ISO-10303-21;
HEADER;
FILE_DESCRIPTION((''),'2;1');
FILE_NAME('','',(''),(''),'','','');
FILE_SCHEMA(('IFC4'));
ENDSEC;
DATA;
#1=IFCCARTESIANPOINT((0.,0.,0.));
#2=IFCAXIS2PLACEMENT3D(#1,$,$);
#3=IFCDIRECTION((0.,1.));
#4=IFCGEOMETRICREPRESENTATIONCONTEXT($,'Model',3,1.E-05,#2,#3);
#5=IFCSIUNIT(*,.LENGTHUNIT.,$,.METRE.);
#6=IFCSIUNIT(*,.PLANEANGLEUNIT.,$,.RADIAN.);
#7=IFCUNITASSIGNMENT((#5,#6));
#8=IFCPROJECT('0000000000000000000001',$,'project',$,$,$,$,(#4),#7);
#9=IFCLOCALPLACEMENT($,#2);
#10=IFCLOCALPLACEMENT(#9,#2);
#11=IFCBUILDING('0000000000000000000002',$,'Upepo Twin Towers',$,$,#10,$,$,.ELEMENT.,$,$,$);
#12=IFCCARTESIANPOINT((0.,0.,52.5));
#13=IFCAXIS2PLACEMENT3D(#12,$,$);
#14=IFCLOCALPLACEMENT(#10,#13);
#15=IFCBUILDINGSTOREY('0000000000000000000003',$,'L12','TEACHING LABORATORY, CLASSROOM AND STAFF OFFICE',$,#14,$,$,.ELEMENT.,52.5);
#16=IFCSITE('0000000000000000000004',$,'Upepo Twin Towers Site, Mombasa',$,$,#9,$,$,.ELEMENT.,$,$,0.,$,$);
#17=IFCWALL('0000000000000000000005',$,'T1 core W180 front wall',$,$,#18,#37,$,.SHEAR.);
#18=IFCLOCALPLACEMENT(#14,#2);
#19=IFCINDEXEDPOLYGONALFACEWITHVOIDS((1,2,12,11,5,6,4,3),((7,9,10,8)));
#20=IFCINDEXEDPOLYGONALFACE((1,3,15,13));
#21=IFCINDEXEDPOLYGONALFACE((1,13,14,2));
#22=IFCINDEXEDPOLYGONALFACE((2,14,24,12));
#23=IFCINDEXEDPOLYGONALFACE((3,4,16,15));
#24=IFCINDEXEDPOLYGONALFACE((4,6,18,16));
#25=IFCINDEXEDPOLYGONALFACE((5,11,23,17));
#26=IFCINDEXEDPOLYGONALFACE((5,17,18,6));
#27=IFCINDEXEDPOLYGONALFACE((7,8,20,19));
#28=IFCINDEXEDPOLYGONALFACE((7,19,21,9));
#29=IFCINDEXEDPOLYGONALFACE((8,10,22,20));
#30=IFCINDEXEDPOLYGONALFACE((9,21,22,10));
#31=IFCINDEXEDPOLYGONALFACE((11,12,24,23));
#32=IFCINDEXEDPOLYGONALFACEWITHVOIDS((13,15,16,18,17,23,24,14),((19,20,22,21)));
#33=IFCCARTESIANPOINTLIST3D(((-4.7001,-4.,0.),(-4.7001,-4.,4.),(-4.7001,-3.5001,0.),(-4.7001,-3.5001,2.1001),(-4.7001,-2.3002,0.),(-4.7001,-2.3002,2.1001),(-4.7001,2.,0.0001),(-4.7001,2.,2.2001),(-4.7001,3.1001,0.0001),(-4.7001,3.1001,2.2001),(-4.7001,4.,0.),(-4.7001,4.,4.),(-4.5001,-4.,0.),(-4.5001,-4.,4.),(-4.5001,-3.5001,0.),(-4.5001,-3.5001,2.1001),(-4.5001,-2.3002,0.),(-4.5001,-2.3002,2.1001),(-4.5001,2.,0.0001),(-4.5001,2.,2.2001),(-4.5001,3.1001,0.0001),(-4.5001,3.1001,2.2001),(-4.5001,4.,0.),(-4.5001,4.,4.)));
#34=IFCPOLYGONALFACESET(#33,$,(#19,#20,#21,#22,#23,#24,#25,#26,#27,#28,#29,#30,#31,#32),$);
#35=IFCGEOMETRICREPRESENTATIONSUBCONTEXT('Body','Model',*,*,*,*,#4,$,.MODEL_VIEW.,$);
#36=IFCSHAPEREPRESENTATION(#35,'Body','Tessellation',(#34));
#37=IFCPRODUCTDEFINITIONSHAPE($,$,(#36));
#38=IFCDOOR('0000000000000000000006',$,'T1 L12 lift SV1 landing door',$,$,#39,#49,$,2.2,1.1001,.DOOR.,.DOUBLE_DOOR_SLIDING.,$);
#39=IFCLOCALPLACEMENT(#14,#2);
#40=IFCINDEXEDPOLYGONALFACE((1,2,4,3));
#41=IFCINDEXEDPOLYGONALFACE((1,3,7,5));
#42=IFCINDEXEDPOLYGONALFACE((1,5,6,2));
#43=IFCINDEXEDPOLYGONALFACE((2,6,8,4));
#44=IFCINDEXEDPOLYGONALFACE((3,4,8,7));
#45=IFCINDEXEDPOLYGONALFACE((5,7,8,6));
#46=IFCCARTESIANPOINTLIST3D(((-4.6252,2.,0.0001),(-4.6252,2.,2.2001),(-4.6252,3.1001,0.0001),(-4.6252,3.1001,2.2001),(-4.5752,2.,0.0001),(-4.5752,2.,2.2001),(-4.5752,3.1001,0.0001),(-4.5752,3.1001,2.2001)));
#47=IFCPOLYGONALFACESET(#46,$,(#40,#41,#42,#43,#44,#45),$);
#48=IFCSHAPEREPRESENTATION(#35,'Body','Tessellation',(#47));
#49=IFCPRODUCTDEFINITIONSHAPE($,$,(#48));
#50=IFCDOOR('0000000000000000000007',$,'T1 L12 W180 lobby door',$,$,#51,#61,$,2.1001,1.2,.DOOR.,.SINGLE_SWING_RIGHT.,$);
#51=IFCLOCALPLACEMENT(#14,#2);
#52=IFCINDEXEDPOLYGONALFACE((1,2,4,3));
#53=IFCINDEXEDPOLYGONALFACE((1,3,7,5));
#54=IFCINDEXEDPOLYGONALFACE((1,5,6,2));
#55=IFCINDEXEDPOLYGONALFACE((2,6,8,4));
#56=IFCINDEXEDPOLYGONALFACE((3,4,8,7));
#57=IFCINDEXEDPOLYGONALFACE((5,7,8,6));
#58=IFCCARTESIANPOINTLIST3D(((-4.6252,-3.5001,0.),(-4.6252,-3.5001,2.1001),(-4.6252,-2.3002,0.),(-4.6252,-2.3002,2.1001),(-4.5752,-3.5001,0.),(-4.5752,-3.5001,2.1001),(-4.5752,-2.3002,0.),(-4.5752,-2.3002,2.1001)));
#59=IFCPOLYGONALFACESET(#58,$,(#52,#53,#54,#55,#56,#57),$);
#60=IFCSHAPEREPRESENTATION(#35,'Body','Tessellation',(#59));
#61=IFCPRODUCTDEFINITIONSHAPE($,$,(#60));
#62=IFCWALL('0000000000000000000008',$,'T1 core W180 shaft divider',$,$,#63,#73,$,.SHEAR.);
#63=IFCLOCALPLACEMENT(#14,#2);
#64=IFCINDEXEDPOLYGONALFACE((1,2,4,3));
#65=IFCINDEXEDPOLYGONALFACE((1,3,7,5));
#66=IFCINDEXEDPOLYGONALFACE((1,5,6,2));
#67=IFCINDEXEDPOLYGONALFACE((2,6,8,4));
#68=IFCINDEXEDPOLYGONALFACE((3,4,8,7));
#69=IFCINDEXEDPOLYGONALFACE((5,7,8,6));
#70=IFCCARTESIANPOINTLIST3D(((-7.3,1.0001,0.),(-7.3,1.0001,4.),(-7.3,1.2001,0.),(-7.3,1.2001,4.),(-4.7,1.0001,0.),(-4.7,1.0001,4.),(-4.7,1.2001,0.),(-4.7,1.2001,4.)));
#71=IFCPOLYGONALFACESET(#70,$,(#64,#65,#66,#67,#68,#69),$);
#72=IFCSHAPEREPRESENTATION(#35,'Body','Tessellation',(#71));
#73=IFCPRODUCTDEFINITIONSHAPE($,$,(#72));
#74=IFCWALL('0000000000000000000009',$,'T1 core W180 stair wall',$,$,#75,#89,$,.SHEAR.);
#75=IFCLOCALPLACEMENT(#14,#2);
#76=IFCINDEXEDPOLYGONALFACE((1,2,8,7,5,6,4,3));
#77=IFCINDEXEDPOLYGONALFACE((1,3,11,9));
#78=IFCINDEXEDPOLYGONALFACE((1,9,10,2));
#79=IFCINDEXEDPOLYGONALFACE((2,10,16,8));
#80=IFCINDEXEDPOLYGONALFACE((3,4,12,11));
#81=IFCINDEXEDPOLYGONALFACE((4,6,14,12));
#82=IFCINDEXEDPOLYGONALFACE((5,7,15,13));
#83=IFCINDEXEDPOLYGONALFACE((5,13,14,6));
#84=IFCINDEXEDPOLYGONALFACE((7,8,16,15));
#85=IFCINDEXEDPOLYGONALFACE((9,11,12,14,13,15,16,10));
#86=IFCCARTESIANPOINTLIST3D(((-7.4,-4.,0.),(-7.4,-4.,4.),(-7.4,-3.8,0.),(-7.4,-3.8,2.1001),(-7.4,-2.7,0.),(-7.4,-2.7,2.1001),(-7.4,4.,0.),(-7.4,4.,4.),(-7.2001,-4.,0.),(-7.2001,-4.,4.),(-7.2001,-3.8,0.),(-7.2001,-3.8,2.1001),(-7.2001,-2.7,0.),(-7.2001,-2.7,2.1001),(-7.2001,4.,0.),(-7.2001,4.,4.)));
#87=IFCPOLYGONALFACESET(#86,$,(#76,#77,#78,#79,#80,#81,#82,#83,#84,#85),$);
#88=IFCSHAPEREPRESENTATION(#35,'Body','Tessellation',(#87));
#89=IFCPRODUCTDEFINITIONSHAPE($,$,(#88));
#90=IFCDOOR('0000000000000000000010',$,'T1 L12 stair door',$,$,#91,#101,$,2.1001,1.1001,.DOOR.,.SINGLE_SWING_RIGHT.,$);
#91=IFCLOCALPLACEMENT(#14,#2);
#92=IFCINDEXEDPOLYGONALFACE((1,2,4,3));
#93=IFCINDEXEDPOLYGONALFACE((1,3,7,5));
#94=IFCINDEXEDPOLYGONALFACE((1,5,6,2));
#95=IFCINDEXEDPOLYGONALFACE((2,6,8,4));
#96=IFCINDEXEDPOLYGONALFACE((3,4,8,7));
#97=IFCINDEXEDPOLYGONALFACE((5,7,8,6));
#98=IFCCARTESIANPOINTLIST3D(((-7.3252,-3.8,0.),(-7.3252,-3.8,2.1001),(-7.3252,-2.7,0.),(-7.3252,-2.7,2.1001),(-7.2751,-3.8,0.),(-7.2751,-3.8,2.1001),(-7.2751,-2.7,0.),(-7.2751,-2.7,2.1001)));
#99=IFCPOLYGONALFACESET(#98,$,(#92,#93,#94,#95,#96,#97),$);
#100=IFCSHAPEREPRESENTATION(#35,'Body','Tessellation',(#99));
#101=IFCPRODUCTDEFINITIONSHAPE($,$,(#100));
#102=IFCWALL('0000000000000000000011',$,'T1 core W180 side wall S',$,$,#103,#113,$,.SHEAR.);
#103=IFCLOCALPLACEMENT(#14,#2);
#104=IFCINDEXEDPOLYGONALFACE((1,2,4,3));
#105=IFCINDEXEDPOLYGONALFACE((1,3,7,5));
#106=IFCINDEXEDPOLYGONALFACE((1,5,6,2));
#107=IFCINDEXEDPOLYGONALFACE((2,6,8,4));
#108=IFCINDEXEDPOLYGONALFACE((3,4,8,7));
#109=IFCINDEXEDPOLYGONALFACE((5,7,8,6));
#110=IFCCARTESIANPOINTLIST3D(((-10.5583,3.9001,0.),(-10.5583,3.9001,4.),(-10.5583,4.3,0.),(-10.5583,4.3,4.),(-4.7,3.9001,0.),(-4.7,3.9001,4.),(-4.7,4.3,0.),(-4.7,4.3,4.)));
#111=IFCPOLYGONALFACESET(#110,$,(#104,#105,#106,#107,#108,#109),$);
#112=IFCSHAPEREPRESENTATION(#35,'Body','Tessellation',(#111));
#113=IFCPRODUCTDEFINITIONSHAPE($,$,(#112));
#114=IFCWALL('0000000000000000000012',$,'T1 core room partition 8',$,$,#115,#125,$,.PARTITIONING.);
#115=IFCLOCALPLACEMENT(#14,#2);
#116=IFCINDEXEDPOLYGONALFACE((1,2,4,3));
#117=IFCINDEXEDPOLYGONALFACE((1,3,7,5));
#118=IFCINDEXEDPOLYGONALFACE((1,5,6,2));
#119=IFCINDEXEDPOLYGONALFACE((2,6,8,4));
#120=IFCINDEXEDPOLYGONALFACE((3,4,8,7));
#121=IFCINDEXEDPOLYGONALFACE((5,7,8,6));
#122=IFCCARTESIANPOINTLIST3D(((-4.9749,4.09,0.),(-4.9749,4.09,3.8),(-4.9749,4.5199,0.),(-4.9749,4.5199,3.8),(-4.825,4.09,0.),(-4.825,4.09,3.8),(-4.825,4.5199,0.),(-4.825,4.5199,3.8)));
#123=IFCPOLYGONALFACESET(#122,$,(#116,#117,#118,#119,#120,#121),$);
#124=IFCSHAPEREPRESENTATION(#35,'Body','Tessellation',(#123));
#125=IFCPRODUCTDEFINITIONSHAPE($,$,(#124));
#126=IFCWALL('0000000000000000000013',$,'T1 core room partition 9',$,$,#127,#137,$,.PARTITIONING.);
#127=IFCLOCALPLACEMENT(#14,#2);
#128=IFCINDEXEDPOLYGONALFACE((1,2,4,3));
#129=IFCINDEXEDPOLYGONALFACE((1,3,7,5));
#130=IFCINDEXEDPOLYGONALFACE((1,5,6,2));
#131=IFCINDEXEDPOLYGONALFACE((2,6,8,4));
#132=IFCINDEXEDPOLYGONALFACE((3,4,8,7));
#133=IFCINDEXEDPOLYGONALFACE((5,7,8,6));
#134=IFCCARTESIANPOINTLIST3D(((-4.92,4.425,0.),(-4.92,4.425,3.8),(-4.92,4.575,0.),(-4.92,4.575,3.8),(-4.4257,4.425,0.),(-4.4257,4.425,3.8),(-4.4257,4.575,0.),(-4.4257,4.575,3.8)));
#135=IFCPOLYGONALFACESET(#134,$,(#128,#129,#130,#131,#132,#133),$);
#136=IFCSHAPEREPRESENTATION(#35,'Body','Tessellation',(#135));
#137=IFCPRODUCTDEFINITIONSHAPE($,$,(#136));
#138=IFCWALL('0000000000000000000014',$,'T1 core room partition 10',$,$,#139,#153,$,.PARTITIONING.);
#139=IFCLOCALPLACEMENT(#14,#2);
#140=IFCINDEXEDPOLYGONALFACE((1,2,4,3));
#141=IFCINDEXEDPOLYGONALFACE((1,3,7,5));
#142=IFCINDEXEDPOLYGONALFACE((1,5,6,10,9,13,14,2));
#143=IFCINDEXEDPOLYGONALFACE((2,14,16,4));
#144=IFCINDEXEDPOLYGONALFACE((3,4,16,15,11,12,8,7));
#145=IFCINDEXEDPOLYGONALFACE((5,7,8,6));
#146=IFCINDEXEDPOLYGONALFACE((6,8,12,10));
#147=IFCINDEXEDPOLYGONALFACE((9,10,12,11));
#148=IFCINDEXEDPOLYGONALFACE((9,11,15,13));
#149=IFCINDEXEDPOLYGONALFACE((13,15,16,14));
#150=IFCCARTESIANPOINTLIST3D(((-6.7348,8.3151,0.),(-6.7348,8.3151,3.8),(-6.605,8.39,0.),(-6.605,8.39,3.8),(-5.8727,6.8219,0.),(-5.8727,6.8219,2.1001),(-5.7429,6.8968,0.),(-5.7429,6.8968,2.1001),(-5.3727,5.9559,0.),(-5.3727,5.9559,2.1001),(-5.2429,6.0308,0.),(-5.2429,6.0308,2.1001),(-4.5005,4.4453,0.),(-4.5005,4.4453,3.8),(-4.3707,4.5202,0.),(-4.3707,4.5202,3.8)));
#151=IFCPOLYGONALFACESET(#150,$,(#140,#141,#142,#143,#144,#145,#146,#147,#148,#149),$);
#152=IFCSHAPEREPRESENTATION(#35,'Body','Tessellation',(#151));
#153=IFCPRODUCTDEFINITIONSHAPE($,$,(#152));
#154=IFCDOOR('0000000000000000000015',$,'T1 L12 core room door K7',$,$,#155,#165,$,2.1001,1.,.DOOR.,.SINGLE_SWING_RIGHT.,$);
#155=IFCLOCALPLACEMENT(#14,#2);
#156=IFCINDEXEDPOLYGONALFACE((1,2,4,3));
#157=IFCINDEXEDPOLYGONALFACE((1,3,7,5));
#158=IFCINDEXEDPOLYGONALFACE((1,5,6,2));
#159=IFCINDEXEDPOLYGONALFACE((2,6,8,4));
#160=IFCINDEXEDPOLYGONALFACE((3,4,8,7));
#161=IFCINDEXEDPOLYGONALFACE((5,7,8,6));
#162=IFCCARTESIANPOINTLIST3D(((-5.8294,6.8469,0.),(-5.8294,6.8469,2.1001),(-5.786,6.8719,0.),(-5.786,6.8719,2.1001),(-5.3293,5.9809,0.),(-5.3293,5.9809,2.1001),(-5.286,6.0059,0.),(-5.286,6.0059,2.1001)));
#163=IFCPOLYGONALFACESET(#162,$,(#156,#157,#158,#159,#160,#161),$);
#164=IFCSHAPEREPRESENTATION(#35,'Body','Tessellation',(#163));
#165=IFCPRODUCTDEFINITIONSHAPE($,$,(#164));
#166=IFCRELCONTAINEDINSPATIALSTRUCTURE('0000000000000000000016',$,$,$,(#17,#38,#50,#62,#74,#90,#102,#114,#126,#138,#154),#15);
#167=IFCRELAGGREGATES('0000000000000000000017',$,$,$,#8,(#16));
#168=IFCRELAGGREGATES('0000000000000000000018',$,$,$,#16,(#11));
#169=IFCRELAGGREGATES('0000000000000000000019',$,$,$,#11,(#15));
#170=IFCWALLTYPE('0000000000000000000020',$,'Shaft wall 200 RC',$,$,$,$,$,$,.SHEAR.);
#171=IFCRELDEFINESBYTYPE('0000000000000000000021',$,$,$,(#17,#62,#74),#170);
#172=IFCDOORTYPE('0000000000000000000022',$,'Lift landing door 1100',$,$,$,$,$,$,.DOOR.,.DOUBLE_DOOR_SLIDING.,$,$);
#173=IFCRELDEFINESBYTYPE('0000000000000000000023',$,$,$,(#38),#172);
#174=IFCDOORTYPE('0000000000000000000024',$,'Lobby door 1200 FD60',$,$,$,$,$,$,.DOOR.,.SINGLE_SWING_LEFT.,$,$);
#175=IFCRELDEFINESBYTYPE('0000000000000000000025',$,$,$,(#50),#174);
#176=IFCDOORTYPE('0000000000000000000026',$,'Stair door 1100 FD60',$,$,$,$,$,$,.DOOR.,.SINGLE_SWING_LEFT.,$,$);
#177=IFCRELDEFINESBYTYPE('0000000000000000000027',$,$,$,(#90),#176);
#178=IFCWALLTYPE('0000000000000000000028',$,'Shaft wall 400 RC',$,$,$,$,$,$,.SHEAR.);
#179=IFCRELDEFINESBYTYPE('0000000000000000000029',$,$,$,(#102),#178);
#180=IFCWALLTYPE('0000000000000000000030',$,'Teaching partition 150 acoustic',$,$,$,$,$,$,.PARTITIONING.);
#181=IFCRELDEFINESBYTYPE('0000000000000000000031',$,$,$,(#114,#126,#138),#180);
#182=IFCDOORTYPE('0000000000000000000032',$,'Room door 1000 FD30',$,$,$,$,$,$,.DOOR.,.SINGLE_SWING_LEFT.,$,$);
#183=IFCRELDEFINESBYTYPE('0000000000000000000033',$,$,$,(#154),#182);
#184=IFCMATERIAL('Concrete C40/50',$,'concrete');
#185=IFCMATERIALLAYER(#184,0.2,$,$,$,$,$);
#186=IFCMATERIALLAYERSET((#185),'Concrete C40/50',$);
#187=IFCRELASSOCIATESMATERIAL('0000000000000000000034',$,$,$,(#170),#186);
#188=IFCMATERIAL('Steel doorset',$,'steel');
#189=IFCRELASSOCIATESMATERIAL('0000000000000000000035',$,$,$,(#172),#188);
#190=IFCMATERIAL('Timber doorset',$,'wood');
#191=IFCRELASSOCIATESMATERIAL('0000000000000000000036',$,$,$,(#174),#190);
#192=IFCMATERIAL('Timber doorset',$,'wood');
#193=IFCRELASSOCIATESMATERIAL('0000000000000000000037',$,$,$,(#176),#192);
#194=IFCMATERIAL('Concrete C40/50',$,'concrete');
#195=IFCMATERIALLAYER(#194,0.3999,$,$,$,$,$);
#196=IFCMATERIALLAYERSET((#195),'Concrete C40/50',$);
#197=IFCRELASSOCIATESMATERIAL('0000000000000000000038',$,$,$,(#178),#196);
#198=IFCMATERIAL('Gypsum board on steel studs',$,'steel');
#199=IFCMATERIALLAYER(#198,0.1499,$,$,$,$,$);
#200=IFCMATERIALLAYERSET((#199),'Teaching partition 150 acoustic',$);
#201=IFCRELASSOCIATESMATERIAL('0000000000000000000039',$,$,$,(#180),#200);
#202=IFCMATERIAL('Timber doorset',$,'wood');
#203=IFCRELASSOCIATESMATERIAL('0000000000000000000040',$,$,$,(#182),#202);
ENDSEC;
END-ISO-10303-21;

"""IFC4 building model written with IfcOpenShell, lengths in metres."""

from ifc_helpers import new_model, si_unit, direction, frame, frame_2d, origin, place, context, subcontext, project, spatial, rectangle, extrude, material, layer, layer_set, type_object, element, fill, save


model = new_model("IFC4")

# Units and contexts
model_context = context("Model", 3, precision=1e-05, world=origin(), true_north=direction((0.0, 1.0)))
body_context = subcontext(model_context, "Body", "Model", "MODEL_VIEW")
ifc_project = project(units=[si_unit("LENGTHUNIT", "METRE"), si_unit("PLANEANGLEUNIT", "RADIAN")], contexts=[model_context])

# Site, building, storey
site_placement = place(None, origin())
site = spatial("IfcSite", under=ifc_project, at=site_placement, Name="Upepo Twin Towers Site, Mombasa", CompositionType="ELEMENT", RefElevation=0.0)
building_placement = place(site_placement, origin())
building = spatial("IfcBuilding", under=site, at=building_placement, Name="Upepo Twin Towers", CompositionType="ELEMENT")
storey_placement = place(building_placement, frame((0.0, 0.0, 52.5)))
storey = spatial("IfcBuildingStorey", under=building, at=storey_placement, Name="L12", Description="TEACHING LABORATORY, CLASSROOM AND STAFF OFFICE", CompositionType="ELEMENT", Elevation=52.5)

# Wall, openings, doors
ifc_material_1 = material(Name="Concrete C40/50", Category="concrete")
ifc_layer_1 = layer(ifc_material_1, 0.2)
ifc_layer_set_1 = layer_set([ifc_layer_1], Name="Concrete C40/50")
wall_type_1 = type_object("IfcWallType", Name="Shaft wall 200 RC", PredefinedType="SHEAR", material=ifc_layer_set_1)
wall_1_placement = place(storey_placement, frame((-4.6001, 4.0, 0.0), z_axis=(0.0, 0.0, 1.0), x_axis=(0.0, -1.0, 0.0)))
wall_1 = element("IfcWall", 1, at=wall_1_placement, inside=storey, type_object=wall_type_1, Name="T1 core W180 front wall", PredefinedType="SHEAR", context=body_context, shape_type="SweptSolid", body=[
    extrude(rectangle(XDim=8.0, YDim=0.2, at=frame_2d((4.0, 0.0))), origin(), (0.0, 0.0, 1.0), 4.0),
])
opening_1_placement = place(wall_1_placement, frame((6.3, 0.0, 0.0)))
opening_1 = element("IfcOpeningElement", 2, at=opening_1_placement, cuts=wall_1, PredefinedType="OPENING", context=body_context, shape_type="SweptSolid", body=[
    extrude(rectangle(XDim=1.2, YDim=2.1001, at=frame_2d((0.6001, 1.05))), frame((0.0, 0.1099, 0.0), z_axis=(0.0, -1.0, 0.0), x_axis=(1.0, 0.0, 0.0)), (0.0, 0.0, 1.0), 0.22),
])
opening_2_placement = place(wall_1_placement, frame((0.8999, 0.0, 0.0)))
opening_2 = element("IfcOpeningElement", 3, at=opening_2_placement, cuts=wall_1, PredefinedType="OPENING", context=body_context, shape_type="SweptSolid", body=[
    extrude(rectangle(XDim=1.1001, YDim=2.2, at=frame_2d((0.55, 1.1001))), frame((0.0, 0.1099, 0.0), z_axis=(0.0, -1.0, 0.0), x_axis=(1.0, 0.0, 0.0)), (0.0, 0.0, 1.0), 0.22),
])
ifc_material_2 = material(Name="Steel doorset", Category="steel")
door_type_1 = type_object("IfcDoorType", Name="Lift landing door 1100", OperationType="DOUBLE_DOOR_SLIDING", PredefinedType="DOOR", material=ifc_material_2)
door_1_placement = place(opening_2_placement, origin())
door_1 = element("IfcDoor", 4, at=door_1_placement, inside=storey, type_object=door_type_1, Name="T1 L12 lift SV1 landing door", OperationType="DOUBLE_DOOR_SLIDING", OverallHeight=2.2, OverallWidth=1.1001, PredefinedType="DOOR", context=body_context, shape_type="SweptSolid", body=[
    extrude(rectangle(XDim=1.1001, YDim=2.2, at=frame_2d((0.55, 1.1001))), frame((0.0, 0.0249, 0.0), z_axis=(0.0, -1.0, 0.0), x_axis=(1.0, 0.0, 0.0)), (0.0, 0.0, 1.0), 0.05),
])
fill(opening_2, door_1)
ifc_material_3 = material(Name="Timber doorset", Category="wood")
door_type_2 = type_object("IfcDoorType", Name="Lobby door 1200 FD60", OperationType="SINGLE_SWING_LEFT", PredefinedType="DOOR", material=ifc_material_3)
door_2_placement = place(opening_1_placement, origin())
door_2 = element("IfcDoor", 5, at=door_2_placement, inside=storey, type_object=door_type_2, Name="T1 L12 W180 lobby door", OperationType="SINGLE_SWING_RIGHT", OverallHeight=2.1001, OverallWidth=1.2, PredefinedType="DOOR", context=body_context, shape_type="SweptSolid", body=[
    extrude(rectangle(XDim=1.2, YDim=2.1001, at=frame_2d((0.6001, 1.05))), frame((0.0, 0.0249, 0.0), z_axis=(0.0, -1.0, 0.0), x_axis=(1.0, 0.0, 0.0)), (0.0, 0.0, 1.0), 0.05),
])
fill(opening_1, door_2)

# Wall
wall_2_placement = place(storey_placement, frame((-4.7, 1.1001, 0.0), z_axis=(0.0, 0.0, 1.0), x_axis=(-1.0, 0.0, 0.0)))
element("IfcWall", 6, at=wall_2_placement, inside=storey, type_object=wall_type_1, Name="T1 core W180 shaft divider", PredefinedType="SHEAR", context=body_context, shape_type="SweptSolid", body=[
    extrude(rectangle(XDim=2.6001, YDim=0.2, at=frame_2d((1.3, 0.0))), origin(), (0.0, 0.0, 1.0), 4.0),
])

# Wall, opening, door
wall_3_placement = place(storey_placement, frame((-7.3, 4.0, 0.0), z_axis=(0.0, 0.0, 1.0), x_axis=(0.0, -1.0, 0.0)))
wall_3 = element("IfcWall", 7, at=wall_3_placement, inside=storey, type_object=wall_type_1, Name="T1 core W180 stair wall", PredefinedType="SHEAR", context=body_context, shape_type="SweptSolid", body=[
    extrude(rectangle(XDim=8.0, YDim=0.2, at=frame_2d((4.0, 0.0))), origin(), (0.0, 0.0, 1.0), 4.0),
])
opening_3_placement = place(wall_3_placement, frame((6.7, 0.0, 0.0)))
opening_3 = element("IfcOpeningElement", 8, at=opening_3_placement, cuts=wall_3, PredefinedType="OPENING", context=body_context, shape_type="SweptSolid", body=[
    extrude(rectangle(XDim=1.1001, YDim=2.1001, at=frame_2d((0.55, 1.05))), frame((0.0, 0.1099, 0.0), z_axis=(0.0, -1.0, 0.0), x_axis=(1.0, 0.0, 0.0)), (0.0, 0.0, 1.0), 0.22),
])
ifc_material_4 = material(Name="Timber doorset", Category="wood")
door_type_3 = type_object("IfcDoorType", Name="Stair door 1100 FD60", OperationType="SINGLE_SWING_LEFT", PredefinedType="DOOR", material=ifc_material_4)
door_3_placement = place(opening_3_placement, origin())
door_3 = element("IfcDoor", 9, at=door_3_placement, inside=storey, type_object=door_type_3, Name="T1 L12 stair door", OperationType="SINGLE_SWING_RIGHT", OverallHeight=2.1001, OverallWidth=1.1001, PredefinedType="DOOR", context=body_context, shape_type="SweptSolid", body=[
    extrude(rectangle(XDim=1.1001, YDim=2.1001, at=frame_2d((0.55, 1.05))), frame((0.0, 0.0249, 0.0), z_axis=(0.0, -1.0, 0.0), x_axis=(1.0, 0.0, 0.0)), (0.0, 0.0, 1.0), 0.05),
])
fill(opening_3, door_3)

# Walls
ifc_material_5 = material(Name="Concrete C40/50", Category="concrete")
ifc_layer_2 = layer(ifc_material_5, 0.3999)
ifc_layer_set_2 = layer_set([ifc_layer_2], Name="Concrete C40/50")
wall_type_2 = type_object("IfcWallType", Name="Shaft wall 400 RC", PredefinedType="SHEAR", material=ifc_layer_set_2)
wall_4_placement = place(storey_placement, frame((-4.7, 4.1001, 0.0), z_axis=(0.0, 0.0, 1.0), x_axis=(-1.0, 0.0, 0.0)))
element("IfcWall", 10, at=wall_4_placement, inside=storey, type_object=wall_type_2, Name="T1 core W180 side wall S", PredefinedType="SHEAR", context=body_context, shape_type="SweptSolid", body=[
    extrude(rectangle(XDim=5.8584, YDim=0.3999, at=frame_2d((2.9292, 0.0))), origin(), (0.0, 0.0, 1.0), 4.0),
])
ifc_material_6 = material(Name="Gypsum board on steel studs", Category="steel")
ifc_layer_3 = layer(ifc_material_6, 0.1499)
ifc_layer_set_3 = layer_set([ifc_layer_3], Name="Teaching partition 150 acoustic")
wall_type_3 = type_object("IfcWallType", Name="Teaching partition 150 acoustic", PredefinedType="PARTITIONING", material=ifc_layer_set_3)
wall_5_placement = place(storey_placement, frame((-4.8999, 4.0901, 0.0), z_axis=(0.0, 0.0, 1.0), x_axis=(0.0, 1.0, 0.0)))
element("IfcWall", 11, at=wall_5_placement, inside=storey, type_object=wall_type_3, Name="T1 core room partition 8", PredefinedType="PARTITIONING", context=body_context, shape_type="SweptSolid", body=[
    extrude(rectangle(XDim=0.4299, YDim=0.1499, at=frame_2d((0.2148, 0.0))), origin(), (0.0, 0.0, 1.0), 3.8),
])
wall_6_placement = place(storey_placement, frame((-4.9199, 4.5, 0.0), z_axis=(0.0, 0.0, 1.0), x_axis=(1.0, 0.0, 0.0)))
element("IfcWall", 12, at=wall_6_placement, inside=storey, type_object=wall_type_3, Name="T1 core room partition 9", PredefinedType="PARTITIONING", context=body_context, shape_type="SweptSolid", body=[
    extrude(rectangle(XDim=0.4944, YDim=0.1499, at=frame_2d((0.2471, 0.0))), origin(), (0.0, 0.0, 1.0), 3.8),
])

# Wall, opening, door
wall_7_placement = place(storey_placement, frame((-4.4355, 4.4827, 0.0), z_axis=(0.0, 0.0, 1.0), x_axis=(-0.500017, 0.866015, 0.0)))
wall_7 = element("IfcWall", 13, at=wall_7_placement, inside=storey, type_object=wall_type_3, Name="T1 core room partition 10", PredefinedType="PARTITIONING", context=body_context, shape_type="SweptSolid", body=[
    extrude(rectangle(XDim=4.4685, YDim=0.1499, at=frame_2d((2.2344, 0.0))), origin(), (0.0, 0.0, 1.0), 3.8),
])
opening_4_placement = place(wall_7_placement, frame((1.7444, 0.0, 0.0)))
opening_4 = element("IfcOpeningElement", 14, at=opening_4_placement, cuts=wall_7, PredefinedType="OPENING", context=body_context, shape_type="SweptSolid", body=[
    extrude(rectangle(XDim=1.0, YDim=2.1001, at=frame_2d((0.5, 1.05))), frame((0.0, 0.085, 0.0), z_axis=(0.0, -1.0, 0.0), x_axis=(1.0, 0.0, 0.0)), (0.0, 0.0, 1.0), 0.1699),
])
ifc_material_7 = material(Name="Timber doorset", Category="wood")
door_type_4 = type_object("IfcDoorType", Name="Room door 1000 FD30", OperationType="SINGLE_SWING_LEFT", PredefinedType="DOOR", material=ifc_material_7)
door_4_placement = place(opening_4_placement, origin())
door_4 = element("IfcDoor", 15, at=door_4_placement, inside=storey, type_object=door_type_4, Name="T1 L12 core room door K7", OperationType="SINGLE_SWING_RIGHT", OverallHeight=2.1001, OverallWidth=1.0, PredefinedType="DOOR", context=body_context, shape_type="SweptSolid", body=[
    extrude(rectangle(XDim=1.0, YDim=2.1001, at=frame_2d((0.5, 1.05))), frame((0.0, 0.0249, 0.0), z_axis=(0.0, -1.0, 0.0), x_axis=(1.0, 0.0, 0.0)), (0.0, 0.0, 1.0), 0.05),
])
fill(opening_4, door_4)

save(model, "model.ifc")
